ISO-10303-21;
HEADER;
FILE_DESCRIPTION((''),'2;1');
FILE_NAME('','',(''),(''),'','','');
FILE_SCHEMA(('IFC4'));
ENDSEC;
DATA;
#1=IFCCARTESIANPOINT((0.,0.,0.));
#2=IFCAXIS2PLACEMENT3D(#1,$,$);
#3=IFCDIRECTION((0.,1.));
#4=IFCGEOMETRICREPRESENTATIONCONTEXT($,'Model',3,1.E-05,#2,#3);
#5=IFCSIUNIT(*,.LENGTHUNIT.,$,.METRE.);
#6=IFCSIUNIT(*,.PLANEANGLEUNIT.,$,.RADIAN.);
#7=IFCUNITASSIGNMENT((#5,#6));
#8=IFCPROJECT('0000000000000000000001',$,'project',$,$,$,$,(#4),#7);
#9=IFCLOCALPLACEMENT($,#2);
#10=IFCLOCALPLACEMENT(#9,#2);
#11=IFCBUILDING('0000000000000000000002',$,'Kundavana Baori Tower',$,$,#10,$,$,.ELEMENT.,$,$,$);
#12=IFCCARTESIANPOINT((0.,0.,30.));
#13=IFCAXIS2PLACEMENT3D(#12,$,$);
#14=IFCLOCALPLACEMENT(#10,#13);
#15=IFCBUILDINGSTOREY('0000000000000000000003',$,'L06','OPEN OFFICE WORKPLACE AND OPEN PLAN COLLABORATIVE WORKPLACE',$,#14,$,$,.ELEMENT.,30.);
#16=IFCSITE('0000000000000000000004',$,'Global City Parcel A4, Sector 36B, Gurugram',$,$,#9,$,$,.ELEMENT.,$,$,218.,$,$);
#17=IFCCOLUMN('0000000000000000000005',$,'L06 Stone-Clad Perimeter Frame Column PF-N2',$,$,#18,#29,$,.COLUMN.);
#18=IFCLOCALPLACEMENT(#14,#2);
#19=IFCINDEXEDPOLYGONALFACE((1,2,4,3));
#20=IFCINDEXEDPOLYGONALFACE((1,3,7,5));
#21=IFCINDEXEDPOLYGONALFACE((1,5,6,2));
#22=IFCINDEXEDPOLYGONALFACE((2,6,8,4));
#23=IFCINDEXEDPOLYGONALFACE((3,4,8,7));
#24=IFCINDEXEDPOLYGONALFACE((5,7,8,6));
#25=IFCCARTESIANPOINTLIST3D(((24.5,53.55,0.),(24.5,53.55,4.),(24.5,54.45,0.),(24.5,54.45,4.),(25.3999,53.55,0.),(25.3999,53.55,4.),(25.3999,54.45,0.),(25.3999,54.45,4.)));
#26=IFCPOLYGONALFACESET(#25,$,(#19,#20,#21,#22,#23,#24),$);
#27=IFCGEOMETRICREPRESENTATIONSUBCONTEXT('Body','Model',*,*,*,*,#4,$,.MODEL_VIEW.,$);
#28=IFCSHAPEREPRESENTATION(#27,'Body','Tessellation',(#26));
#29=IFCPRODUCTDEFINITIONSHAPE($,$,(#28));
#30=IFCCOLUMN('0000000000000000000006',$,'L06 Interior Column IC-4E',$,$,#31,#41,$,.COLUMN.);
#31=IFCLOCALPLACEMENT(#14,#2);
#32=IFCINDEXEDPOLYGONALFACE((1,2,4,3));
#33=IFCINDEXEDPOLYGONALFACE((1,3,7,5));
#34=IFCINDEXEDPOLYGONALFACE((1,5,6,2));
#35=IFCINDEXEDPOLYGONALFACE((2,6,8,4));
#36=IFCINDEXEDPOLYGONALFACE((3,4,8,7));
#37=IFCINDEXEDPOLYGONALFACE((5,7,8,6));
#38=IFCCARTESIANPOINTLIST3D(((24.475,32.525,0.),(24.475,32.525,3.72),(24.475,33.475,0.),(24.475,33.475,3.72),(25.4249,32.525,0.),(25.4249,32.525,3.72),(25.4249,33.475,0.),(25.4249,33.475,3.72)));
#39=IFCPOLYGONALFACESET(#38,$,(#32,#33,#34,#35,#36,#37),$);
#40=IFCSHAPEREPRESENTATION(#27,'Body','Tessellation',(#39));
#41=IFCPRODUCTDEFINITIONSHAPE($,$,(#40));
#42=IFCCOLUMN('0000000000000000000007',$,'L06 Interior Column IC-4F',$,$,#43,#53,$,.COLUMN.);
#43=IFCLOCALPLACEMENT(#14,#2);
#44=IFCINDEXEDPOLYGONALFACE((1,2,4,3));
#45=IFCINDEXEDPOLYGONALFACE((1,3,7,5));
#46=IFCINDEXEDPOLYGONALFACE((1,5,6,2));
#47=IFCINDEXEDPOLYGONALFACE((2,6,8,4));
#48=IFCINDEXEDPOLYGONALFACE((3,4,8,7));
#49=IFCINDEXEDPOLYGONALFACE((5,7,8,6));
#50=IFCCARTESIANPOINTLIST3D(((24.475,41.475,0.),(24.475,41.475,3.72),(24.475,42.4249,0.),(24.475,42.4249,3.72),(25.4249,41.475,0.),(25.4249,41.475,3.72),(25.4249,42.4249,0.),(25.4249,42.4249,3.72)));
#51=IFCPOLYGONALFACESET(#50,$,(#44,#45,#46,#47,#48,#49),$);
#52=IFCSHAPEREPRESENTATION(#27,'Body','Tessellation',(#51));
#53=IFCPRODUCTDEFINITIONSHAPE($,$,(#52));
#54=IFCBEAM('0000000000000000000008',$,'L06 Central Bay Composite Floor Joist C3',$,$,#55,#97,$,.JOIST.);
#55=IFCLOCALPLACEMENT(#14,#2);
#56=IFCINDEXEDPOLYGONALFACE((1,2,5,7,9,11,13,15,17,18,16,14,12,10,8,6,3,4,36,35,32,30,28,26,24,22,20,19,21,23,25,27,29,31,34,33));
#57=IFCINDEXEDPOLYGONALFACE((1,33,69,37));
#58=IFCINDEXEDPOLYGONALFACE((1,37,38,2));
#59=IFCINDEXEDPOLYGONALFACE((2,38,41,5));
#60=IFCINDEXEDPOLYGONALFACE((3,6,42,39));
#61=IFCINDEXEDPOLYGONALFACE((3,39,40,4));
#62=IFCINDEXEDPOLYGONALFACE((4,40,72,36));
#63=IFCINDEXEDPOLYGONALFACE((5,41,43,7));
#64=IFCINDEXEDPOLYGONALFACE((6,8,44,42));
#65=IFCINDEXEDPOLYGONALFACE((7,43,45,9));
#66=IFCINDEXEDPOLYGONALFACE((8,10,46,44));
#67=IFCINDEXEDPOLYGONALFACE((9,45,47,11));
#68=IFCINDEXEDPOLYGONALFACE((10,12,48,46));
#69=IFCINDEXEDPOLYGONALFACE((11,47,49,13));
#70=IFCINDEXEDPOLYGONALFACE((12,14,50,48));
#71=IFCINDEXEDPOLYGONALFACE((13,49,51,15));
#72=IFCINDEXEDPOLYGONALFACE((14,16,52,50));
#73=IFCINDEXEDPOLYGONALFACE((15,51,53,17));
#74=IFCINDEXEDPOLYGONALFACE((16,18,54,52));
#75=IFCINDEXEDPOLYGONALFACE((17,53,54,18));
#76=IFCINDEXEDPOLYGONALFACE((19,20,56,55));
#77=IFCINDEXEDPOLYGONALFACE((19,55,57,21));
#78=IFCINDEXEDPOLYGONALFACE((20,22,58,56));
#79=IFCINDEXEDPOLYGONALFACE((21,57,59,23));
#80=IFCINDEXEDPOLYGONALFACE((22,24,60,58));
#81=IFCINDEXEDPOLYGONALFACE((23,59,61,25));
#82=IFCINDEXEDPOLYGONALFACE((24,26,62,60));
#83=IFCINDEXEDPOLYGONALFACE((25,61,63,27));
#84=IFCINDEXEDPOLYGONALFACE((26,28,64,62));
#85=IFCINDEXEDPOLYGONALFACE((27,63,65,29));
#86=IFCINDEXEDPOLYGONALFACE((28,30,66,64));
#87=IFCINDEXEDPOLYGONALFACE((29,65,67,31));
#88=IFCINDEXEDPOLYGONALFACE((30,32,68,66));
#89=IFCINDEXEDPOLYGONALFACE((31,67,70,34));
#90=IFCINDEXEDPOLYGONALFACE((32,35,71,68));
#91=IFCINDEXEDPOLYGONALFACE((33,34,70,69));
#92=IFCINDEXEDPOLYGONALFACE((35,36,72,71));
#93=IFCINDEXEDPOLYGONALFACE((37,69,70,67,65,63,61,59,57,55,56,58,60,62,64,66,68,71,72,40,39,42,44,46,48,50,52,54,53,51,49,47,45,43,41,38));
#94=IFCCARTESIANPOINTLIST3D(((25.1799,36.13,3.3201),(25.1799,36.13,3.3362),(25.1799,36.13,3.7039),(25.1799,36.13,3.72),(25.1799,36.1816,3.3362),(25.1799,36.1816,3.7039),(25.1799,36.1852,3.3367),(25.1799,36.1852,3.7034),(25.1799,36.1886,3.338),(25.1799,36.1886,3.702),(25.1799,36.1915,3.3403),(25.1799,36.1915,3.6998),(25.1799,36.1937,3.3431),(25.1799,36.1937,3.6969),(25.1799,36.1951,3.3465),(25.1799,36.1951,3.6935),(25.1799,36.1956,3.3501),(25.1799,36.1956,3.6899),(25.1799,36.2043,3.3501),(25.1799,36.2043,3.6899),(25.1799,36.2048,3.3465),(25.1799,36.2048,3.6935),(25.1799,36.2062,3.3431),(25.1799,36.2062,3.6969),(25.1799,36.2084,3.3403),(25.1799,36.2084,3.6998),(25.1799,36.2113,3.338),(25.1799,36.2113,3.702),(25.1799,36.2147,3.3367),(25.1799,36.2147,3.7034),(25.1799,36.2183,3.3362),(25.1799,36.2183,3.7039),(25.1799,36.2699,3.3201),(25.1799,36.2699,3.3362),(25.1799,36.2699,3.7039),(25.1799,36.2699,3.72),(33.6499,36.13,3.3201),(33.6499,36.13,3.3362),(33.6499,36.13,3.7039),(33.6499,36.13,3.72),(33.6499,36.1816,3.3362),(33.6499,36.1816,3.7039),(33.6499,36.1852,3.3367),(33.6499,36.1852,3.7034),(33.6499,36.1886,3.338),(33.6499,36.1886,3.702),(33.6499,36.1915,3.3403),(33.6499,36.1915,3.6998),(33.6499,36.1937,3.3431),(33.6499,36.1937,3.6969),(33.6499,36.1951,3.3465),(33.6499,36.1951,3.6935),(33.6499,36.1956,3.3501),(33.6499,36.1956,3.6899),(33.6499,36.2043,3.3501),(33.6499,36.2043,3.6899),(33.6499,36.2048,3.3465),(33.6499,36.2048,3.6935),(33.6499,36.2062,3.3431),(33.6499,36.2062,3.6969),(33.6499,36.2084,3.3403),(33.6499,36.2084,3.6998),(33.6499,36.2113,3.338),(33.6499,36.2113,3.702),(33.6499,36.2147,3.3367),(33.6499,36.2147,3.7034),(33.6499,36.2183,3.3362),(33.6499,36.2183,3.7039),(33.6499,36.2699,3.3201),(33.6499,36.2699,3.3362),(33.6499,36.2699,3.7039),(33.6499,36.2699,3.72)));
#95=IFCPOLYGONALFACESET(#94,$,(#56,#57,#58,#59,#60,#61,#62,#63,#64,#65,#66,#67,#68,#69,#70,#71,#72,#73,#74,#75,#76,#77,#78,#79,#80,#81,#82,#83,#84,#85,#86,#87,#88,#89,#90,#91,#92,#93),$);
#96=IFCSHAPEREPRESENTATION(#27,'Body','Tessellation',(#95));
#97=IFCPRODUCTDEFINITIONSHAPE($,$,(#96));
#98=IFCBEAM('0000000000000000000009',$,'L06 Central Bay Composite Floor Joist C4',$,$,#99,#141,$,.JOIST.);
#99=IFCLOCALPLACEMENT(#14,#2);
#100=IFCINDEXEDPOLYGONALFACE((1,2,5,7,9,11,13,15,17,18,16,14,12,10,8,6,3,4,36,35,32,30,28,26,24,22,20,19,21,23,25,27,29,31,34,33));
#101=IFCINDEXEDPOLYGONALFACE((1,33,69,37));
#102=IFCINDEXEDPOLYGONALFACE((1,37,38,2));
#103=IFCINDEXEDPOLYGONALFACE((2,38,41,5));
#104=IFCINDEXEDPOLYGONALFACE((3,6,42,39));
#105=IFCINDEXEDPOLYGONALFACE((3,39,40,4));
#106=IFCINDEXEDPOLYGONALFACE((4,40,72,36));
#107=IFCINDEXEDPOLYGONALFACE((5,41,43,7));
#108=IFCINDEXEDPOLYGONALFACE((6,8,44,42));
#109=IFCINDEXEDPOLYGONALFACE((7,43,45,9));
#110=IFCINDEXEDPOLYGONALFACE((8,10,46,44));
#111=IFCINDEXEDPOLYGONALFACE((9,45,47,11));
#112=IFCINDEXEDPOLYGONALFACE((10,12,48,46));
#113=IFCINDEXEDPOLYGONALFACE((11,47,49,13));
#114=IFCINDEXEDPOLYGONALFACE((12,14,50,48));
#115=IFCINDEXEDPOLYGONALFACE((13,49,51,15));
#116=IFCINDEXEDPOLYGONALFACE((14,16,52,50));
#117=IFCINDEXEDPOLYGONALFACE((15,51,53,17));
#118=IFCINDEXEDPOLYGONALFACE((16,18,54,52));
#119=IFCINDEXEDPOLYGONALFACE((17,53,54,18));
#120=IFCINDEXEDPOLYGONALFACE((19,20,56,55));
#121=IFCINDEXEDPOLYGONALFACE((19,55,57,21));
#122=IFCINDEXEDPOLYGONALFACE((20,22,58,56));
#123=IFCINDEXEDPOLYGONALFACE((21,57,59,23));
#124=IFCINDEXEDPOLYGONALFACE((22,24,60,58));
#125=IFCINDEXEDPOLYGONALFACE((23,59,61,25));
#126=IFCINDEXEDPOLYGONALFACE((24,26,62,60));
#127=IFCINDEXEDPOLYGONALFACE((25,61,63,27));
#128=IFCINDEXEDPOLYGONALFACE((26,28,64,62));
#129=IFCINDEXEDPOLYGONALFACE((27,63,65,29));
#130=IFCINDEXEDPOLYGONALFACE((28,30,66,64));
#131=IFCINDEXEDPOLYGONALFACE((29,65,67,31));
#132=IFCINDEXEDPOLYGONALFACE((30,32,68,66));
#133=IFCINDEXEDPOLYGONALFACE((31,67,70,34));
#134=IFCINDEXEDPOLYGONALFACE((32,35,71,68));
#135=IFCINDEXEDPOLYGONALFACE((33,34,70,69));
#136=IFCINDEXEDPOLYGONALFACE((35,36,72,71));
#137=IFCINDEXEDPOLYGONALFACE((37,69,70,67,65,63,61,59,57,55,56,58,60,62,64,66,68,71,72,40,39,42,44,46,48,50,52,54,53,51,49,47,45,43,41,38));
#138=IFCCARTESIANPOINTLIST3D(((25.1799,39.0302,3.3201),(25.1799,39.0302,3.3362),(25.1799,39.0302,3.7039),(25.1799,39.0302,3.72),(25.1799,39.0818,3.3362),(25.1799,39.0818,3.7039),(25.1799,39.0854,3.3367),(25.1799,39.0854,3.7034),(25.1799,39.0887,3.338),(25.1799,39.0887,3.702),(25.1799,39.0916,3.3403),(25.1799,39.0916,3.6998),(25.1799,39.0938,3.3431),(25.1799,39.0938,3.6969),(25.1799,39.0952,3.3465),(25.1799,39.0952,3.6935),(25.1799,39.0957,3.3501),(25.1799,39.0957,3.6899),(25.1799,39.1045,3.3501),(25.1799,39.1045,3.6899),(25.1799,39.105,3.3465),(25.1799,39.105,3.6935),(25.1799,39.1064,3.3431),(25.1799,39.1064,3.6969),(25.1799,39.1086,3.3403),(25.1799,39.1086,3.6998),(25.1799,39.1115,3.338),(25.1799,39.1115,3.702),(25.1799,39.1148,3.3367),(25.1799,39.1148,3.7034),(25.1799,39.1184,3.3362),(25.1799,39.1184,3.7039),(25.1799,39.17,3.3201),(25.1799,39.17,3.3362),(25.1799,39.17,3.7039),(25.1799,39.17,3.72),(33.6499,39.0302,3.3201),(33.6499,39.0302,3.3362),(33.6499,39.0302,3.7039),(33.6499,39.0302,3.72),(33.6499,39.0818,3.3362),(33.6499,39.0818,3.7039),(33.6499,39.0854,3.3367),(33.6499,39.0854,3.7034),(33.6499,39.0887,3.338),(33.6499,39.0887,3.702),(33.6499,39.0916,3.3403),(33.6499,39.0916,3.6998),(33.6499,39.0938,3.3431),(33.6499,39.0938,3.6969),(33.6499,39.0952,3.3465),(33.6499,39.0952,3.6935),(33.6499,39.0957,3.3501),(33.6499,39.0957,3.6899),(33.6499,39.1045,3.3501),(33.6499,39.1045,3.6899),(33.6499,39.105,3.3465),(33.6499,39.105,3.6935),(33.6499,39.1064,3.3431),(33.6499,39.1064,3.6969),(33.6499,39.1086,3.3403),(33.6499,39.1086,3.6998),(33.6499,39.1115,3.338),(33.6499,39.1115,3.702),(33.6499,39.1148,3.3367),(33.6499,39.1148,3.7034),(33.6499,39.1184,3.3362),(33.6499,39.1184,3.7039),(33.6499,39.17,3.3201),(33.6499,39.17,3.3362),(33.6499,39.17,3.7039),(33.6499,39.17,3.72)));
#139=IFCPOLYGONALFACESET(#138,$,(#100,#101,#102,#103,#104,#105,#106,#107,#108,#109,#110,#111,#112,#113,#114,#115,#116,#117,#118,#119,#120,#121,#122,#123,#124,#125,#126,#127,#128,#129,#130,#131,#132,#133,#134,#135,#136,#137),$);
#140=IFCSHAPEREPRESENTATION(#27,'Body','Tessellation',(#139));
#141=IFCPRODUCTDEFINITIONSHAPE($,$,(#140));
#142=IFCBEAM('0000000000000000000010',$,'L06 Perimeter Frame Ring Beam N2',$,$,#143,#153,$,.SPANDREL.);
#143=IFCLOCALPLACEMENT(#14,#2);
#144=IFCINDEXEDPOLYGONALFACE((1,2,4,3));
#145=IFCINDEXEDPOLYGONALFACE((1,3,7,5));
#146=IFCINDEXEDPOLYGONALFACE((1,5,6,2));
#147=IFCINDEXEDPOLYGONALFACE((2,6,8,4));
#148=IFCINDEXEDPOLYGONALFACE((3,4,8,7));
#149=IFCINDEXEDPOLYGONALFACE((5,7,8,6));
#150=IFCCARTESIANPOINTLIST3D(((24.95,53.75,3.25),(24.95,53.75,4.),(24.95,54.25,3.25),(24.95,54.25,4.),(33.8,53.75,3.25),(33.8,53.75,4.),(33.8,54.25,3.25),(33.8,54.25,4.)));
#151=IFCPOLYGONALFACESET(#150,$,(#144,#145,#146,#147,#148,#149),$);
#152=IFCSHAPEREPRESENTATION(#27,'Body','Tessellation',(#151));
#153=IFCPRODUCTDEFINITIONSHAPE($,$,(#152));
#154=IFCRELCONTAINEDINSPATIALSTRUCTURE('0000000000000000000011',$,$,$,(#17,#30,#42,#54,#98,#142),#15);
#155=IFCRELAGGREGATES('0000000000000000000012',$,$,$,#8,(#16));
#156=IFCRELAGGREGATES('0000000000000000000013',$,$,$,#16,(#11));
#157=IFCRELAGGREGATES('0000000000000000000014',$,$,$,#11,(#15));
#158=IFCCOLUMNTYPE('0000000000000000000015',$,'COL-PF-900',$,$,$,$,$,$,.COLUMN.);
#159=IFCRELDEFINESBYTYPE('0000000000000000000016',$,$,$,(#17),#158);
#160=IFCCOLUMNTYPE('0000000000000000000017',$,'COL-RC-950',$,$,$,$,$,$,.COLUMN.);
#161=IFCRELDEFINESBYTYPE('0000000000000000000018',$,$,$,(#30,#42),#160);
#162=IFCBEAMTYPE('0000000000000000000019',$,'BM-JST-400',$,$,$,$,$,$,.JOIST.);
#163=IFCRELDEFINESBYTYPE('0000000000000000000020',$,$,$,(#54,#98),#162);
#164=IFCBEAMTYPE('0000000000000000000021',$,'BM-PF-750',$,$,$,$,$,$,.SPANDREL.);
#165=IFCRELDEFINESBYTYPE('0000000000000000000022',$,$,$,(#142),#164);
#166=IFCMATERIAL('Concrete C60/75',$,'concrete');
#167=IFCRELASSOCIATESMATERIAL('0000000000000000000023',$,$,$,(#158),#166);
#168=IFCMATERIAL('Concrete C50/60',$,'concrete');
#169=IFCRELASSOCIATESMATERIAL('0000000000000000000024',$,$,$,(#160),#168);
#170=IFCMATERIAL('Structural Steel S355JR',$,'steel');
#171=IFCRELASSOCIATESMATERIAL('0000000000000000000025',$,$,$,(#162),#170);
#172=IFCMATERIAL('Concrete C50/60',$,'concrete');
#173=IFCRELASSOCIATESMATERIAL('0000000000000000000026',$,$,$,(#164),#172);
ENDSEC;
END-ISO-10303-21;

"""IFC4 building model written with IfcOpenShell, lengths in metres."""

from ifc_helpers import new_model, si_unit, direction, frame, origin, origin_2d, place, context, subcontext, project, spatial, rectangle, i_section, extrude, material, material_profile, profile_set, type_object, element, save


model = new_model("IFC4")

# Units and contexts
model_context = context("Model", 3, precision=1e-05, world=origin(), true_north=direction((0.0, 1.0)))
body_context = subcontext(model_context, "Body", "Model", "MODEL_VIEW")
ifc_project = project(units=[si_unit("LENGTHUNIT", "METRE"), si_unit("PLANEANGLEUNIT", "RADIAN")], contexts=[model_context])

# Site, building, storey
site_placement = place(None, origin())
site = spatial("IfcSite", under=ifc_project, at=site_placement, Name="Global City Parcel A4, Sector 36B, Gurugram", CompositionType="ELEMENT", RefElevation=218.0)
building_placement = place(site_placement, origin())
building = spatial("IfcBuilding", under=site, at=building_placement, Name="Kundavana Baori Tower", CompositionType="ELEMENT")
storey_placement = place(building_placement, frame((0.0, 0.0, 30.0)))
storey = spatial("IfcBuildingStorey", under=building, at=storey_placement, Name="L06", Description="OPEN OFFICE WORKPLACE AND OPEN PLAN COLLABORATIVE WORKPLACE", CompositionType="ELEMENT", Elevation=30.0)

# Columns
ifc_material_1 = material(Name="Concrete C60/75", Category="concrete")
ifc_material_profile_1 = material_profile(ifc_material_1, rectangle(XDim=0.8999, YDim=0.8999, at=origin_2d()), Name="RC PF 900x900")
ifc_profile_set_1 = profile_set([ifc_material_profile_1], Name="Concrete C60/75")
column_type_1 = type_object("IfcColumnType", Name="COL-PF-900", PredefinedType="COLUMN", material=ifc_profile_set_1)
column_placement = place(storey_placement, frame((24.95, 54.0, 0.0), z_axis=(0.0, 0.0, 1.0), x_axis=(1.0, 0.0, 0.0)))
element("IfcColumn", 1, at=column_placement, inside=storey, type_object=column_type_1, Name="L06 Stone-Clad Perimeter Frame Column PF-N2", PredefinedType="COLUMN", context=body_context, shape_type="SweptSolid", body=[
    extrude(rectangle(XDim=0.8999, YDim=0.8999, at=origin_2d()), origin(), (0.0, 0.0, 1.0), 4.0),
])
ifc_material_2 = material(Name="Concrete C50/60", Category="concrete")
ifc_material_profile_2 = material_profile(ifc_material_2, rectangle(XDim=0.95, YDim=0.95, at=origin_2d()), Name="RC 950x950")
ifc_profile_set_2 = profile_set([ifc_material_profile_2], Name="Concrete C50/60")
column_type_2 = type_object("IfcColumnType", Name="COL-RC-950", PredefinedType="COLUMN", material=ifc_profile_set_2)
for number, where, z_axis, x_axis, name in (
    (2, (24.95, 33.0, 0.0), (0.0, 0.0, 1.0), (1.0, 0.0, 0.0), "L06 Interior Column IC-4E"),
    (3, (24.95, 41.95, 0.0), (0.0, 0.0, 1.0), (1.0, 0.0, 0.0), "L06 Interior Column IC-4F"),
):
    element("IfcColumn", number, at=place(storey_placement, frame(where, z_axis=z_axis, x_axis=x_axis)), inside=storey, type_object=column_type_2, Name=name, PredefinedType="COLUMN", context=body_context, shape_type="SweptSolid", body=[
        extrude(rectangle(XDim=0.95, YDim=0.95, at=origin_2d()), origin(), (0.0, 0.0, 1.0), 3.72),
    ])

# Beams
ifc_material_3 = material(Name="Structural Steel S355JR", Category="steel")
ifc_material_profile_3 = material_profile(ifc_material_3, i_section(OverallWidth=0.1399, OverallDepth=0.3999, WebThickness=0.0088, FlangeThickness=0.0161, FilletRadius=0.0139, at=origin_2d()), Name="ISMB 400")
ifc_profile_set_3 = profile_set([ifc_material_profile_3], Name="Structural Steel S355JR")
beam_type_1 = type_object("IfcBeamType", Name="BM-JST-400", PredefinedType="JOIST", material=ifc_profile_set_3)
for number, where, z_axis, x_axis, name in (
    (4, (25.1799, 36.2, 3.52), (1.0, 0.0, 0.0), (0.0, 1.0, 0.0), "L06 Central Bay Composite Floor Joist C3"),
    (5, (25.1799, 39.1001, 3.52), (1.0, 0.0, 0.0), (0.0, 1.0, 0.0), "L06 Central Bay Composite Floor Joist C4"),
):
    element("IfcBeam", number, at=place(storey_placement, frame(where, z_axis=z_axis, x_axis=x_axis)), inside=storey, type_object=beam_type_1, Name=name, PredefinedType="JOIST", context=body_context, shape_type="SweptSolid", body=[
        extrude(i_section(OverallWidth=0.1399, OverallDepth=0.3999, WebThickness=0.0088, FlangeThickness=0.0161, FilletRadius=0.0139, at=origin_2d()), origin(), (0.0, 0.0, 1.0), 8.47),
    ])
ifc_material_4 = material(Name="Concrete C50/60", Category="concrete")
ifc_material_profile_4 = material_profile(ifc_material_4, rectangle(XDim=0.5, YDim=0.75, at=origin_2d()), Name="RC BM 500x750")
ifc_profile_set_4 = profile_set([ifc_material_profile_4], Name="Concrete C50/60")
beam_type_2 = type_object("IfcBeamType", Name="BM-PF-750", PredefinedType="SPANDREL", material=ifc_profile_set_4)
beam_1_placement = place(storey_placement, frame((24.95, 54.0, 3.625), z_axis=(1.0, 0.0, 0.0), x_axis=(0.0, 1.0, 0.0)))
element("IfcBeam", 6, at=beam_1_placement, inside=storey, type_object=beam_type_2, Name="L06 Perimeter Frame Ring Beam N2", PredefinedType="SPANDREL", context=body_context, shape_type="SweptSolid", body=[
    extrude(rectangle(XDim=0.5, YDim=0.75, at=origin_2d()), origin(), (0.0, 0.0, 1.0), 8.8501),
])

save(model, "model.ifc")
